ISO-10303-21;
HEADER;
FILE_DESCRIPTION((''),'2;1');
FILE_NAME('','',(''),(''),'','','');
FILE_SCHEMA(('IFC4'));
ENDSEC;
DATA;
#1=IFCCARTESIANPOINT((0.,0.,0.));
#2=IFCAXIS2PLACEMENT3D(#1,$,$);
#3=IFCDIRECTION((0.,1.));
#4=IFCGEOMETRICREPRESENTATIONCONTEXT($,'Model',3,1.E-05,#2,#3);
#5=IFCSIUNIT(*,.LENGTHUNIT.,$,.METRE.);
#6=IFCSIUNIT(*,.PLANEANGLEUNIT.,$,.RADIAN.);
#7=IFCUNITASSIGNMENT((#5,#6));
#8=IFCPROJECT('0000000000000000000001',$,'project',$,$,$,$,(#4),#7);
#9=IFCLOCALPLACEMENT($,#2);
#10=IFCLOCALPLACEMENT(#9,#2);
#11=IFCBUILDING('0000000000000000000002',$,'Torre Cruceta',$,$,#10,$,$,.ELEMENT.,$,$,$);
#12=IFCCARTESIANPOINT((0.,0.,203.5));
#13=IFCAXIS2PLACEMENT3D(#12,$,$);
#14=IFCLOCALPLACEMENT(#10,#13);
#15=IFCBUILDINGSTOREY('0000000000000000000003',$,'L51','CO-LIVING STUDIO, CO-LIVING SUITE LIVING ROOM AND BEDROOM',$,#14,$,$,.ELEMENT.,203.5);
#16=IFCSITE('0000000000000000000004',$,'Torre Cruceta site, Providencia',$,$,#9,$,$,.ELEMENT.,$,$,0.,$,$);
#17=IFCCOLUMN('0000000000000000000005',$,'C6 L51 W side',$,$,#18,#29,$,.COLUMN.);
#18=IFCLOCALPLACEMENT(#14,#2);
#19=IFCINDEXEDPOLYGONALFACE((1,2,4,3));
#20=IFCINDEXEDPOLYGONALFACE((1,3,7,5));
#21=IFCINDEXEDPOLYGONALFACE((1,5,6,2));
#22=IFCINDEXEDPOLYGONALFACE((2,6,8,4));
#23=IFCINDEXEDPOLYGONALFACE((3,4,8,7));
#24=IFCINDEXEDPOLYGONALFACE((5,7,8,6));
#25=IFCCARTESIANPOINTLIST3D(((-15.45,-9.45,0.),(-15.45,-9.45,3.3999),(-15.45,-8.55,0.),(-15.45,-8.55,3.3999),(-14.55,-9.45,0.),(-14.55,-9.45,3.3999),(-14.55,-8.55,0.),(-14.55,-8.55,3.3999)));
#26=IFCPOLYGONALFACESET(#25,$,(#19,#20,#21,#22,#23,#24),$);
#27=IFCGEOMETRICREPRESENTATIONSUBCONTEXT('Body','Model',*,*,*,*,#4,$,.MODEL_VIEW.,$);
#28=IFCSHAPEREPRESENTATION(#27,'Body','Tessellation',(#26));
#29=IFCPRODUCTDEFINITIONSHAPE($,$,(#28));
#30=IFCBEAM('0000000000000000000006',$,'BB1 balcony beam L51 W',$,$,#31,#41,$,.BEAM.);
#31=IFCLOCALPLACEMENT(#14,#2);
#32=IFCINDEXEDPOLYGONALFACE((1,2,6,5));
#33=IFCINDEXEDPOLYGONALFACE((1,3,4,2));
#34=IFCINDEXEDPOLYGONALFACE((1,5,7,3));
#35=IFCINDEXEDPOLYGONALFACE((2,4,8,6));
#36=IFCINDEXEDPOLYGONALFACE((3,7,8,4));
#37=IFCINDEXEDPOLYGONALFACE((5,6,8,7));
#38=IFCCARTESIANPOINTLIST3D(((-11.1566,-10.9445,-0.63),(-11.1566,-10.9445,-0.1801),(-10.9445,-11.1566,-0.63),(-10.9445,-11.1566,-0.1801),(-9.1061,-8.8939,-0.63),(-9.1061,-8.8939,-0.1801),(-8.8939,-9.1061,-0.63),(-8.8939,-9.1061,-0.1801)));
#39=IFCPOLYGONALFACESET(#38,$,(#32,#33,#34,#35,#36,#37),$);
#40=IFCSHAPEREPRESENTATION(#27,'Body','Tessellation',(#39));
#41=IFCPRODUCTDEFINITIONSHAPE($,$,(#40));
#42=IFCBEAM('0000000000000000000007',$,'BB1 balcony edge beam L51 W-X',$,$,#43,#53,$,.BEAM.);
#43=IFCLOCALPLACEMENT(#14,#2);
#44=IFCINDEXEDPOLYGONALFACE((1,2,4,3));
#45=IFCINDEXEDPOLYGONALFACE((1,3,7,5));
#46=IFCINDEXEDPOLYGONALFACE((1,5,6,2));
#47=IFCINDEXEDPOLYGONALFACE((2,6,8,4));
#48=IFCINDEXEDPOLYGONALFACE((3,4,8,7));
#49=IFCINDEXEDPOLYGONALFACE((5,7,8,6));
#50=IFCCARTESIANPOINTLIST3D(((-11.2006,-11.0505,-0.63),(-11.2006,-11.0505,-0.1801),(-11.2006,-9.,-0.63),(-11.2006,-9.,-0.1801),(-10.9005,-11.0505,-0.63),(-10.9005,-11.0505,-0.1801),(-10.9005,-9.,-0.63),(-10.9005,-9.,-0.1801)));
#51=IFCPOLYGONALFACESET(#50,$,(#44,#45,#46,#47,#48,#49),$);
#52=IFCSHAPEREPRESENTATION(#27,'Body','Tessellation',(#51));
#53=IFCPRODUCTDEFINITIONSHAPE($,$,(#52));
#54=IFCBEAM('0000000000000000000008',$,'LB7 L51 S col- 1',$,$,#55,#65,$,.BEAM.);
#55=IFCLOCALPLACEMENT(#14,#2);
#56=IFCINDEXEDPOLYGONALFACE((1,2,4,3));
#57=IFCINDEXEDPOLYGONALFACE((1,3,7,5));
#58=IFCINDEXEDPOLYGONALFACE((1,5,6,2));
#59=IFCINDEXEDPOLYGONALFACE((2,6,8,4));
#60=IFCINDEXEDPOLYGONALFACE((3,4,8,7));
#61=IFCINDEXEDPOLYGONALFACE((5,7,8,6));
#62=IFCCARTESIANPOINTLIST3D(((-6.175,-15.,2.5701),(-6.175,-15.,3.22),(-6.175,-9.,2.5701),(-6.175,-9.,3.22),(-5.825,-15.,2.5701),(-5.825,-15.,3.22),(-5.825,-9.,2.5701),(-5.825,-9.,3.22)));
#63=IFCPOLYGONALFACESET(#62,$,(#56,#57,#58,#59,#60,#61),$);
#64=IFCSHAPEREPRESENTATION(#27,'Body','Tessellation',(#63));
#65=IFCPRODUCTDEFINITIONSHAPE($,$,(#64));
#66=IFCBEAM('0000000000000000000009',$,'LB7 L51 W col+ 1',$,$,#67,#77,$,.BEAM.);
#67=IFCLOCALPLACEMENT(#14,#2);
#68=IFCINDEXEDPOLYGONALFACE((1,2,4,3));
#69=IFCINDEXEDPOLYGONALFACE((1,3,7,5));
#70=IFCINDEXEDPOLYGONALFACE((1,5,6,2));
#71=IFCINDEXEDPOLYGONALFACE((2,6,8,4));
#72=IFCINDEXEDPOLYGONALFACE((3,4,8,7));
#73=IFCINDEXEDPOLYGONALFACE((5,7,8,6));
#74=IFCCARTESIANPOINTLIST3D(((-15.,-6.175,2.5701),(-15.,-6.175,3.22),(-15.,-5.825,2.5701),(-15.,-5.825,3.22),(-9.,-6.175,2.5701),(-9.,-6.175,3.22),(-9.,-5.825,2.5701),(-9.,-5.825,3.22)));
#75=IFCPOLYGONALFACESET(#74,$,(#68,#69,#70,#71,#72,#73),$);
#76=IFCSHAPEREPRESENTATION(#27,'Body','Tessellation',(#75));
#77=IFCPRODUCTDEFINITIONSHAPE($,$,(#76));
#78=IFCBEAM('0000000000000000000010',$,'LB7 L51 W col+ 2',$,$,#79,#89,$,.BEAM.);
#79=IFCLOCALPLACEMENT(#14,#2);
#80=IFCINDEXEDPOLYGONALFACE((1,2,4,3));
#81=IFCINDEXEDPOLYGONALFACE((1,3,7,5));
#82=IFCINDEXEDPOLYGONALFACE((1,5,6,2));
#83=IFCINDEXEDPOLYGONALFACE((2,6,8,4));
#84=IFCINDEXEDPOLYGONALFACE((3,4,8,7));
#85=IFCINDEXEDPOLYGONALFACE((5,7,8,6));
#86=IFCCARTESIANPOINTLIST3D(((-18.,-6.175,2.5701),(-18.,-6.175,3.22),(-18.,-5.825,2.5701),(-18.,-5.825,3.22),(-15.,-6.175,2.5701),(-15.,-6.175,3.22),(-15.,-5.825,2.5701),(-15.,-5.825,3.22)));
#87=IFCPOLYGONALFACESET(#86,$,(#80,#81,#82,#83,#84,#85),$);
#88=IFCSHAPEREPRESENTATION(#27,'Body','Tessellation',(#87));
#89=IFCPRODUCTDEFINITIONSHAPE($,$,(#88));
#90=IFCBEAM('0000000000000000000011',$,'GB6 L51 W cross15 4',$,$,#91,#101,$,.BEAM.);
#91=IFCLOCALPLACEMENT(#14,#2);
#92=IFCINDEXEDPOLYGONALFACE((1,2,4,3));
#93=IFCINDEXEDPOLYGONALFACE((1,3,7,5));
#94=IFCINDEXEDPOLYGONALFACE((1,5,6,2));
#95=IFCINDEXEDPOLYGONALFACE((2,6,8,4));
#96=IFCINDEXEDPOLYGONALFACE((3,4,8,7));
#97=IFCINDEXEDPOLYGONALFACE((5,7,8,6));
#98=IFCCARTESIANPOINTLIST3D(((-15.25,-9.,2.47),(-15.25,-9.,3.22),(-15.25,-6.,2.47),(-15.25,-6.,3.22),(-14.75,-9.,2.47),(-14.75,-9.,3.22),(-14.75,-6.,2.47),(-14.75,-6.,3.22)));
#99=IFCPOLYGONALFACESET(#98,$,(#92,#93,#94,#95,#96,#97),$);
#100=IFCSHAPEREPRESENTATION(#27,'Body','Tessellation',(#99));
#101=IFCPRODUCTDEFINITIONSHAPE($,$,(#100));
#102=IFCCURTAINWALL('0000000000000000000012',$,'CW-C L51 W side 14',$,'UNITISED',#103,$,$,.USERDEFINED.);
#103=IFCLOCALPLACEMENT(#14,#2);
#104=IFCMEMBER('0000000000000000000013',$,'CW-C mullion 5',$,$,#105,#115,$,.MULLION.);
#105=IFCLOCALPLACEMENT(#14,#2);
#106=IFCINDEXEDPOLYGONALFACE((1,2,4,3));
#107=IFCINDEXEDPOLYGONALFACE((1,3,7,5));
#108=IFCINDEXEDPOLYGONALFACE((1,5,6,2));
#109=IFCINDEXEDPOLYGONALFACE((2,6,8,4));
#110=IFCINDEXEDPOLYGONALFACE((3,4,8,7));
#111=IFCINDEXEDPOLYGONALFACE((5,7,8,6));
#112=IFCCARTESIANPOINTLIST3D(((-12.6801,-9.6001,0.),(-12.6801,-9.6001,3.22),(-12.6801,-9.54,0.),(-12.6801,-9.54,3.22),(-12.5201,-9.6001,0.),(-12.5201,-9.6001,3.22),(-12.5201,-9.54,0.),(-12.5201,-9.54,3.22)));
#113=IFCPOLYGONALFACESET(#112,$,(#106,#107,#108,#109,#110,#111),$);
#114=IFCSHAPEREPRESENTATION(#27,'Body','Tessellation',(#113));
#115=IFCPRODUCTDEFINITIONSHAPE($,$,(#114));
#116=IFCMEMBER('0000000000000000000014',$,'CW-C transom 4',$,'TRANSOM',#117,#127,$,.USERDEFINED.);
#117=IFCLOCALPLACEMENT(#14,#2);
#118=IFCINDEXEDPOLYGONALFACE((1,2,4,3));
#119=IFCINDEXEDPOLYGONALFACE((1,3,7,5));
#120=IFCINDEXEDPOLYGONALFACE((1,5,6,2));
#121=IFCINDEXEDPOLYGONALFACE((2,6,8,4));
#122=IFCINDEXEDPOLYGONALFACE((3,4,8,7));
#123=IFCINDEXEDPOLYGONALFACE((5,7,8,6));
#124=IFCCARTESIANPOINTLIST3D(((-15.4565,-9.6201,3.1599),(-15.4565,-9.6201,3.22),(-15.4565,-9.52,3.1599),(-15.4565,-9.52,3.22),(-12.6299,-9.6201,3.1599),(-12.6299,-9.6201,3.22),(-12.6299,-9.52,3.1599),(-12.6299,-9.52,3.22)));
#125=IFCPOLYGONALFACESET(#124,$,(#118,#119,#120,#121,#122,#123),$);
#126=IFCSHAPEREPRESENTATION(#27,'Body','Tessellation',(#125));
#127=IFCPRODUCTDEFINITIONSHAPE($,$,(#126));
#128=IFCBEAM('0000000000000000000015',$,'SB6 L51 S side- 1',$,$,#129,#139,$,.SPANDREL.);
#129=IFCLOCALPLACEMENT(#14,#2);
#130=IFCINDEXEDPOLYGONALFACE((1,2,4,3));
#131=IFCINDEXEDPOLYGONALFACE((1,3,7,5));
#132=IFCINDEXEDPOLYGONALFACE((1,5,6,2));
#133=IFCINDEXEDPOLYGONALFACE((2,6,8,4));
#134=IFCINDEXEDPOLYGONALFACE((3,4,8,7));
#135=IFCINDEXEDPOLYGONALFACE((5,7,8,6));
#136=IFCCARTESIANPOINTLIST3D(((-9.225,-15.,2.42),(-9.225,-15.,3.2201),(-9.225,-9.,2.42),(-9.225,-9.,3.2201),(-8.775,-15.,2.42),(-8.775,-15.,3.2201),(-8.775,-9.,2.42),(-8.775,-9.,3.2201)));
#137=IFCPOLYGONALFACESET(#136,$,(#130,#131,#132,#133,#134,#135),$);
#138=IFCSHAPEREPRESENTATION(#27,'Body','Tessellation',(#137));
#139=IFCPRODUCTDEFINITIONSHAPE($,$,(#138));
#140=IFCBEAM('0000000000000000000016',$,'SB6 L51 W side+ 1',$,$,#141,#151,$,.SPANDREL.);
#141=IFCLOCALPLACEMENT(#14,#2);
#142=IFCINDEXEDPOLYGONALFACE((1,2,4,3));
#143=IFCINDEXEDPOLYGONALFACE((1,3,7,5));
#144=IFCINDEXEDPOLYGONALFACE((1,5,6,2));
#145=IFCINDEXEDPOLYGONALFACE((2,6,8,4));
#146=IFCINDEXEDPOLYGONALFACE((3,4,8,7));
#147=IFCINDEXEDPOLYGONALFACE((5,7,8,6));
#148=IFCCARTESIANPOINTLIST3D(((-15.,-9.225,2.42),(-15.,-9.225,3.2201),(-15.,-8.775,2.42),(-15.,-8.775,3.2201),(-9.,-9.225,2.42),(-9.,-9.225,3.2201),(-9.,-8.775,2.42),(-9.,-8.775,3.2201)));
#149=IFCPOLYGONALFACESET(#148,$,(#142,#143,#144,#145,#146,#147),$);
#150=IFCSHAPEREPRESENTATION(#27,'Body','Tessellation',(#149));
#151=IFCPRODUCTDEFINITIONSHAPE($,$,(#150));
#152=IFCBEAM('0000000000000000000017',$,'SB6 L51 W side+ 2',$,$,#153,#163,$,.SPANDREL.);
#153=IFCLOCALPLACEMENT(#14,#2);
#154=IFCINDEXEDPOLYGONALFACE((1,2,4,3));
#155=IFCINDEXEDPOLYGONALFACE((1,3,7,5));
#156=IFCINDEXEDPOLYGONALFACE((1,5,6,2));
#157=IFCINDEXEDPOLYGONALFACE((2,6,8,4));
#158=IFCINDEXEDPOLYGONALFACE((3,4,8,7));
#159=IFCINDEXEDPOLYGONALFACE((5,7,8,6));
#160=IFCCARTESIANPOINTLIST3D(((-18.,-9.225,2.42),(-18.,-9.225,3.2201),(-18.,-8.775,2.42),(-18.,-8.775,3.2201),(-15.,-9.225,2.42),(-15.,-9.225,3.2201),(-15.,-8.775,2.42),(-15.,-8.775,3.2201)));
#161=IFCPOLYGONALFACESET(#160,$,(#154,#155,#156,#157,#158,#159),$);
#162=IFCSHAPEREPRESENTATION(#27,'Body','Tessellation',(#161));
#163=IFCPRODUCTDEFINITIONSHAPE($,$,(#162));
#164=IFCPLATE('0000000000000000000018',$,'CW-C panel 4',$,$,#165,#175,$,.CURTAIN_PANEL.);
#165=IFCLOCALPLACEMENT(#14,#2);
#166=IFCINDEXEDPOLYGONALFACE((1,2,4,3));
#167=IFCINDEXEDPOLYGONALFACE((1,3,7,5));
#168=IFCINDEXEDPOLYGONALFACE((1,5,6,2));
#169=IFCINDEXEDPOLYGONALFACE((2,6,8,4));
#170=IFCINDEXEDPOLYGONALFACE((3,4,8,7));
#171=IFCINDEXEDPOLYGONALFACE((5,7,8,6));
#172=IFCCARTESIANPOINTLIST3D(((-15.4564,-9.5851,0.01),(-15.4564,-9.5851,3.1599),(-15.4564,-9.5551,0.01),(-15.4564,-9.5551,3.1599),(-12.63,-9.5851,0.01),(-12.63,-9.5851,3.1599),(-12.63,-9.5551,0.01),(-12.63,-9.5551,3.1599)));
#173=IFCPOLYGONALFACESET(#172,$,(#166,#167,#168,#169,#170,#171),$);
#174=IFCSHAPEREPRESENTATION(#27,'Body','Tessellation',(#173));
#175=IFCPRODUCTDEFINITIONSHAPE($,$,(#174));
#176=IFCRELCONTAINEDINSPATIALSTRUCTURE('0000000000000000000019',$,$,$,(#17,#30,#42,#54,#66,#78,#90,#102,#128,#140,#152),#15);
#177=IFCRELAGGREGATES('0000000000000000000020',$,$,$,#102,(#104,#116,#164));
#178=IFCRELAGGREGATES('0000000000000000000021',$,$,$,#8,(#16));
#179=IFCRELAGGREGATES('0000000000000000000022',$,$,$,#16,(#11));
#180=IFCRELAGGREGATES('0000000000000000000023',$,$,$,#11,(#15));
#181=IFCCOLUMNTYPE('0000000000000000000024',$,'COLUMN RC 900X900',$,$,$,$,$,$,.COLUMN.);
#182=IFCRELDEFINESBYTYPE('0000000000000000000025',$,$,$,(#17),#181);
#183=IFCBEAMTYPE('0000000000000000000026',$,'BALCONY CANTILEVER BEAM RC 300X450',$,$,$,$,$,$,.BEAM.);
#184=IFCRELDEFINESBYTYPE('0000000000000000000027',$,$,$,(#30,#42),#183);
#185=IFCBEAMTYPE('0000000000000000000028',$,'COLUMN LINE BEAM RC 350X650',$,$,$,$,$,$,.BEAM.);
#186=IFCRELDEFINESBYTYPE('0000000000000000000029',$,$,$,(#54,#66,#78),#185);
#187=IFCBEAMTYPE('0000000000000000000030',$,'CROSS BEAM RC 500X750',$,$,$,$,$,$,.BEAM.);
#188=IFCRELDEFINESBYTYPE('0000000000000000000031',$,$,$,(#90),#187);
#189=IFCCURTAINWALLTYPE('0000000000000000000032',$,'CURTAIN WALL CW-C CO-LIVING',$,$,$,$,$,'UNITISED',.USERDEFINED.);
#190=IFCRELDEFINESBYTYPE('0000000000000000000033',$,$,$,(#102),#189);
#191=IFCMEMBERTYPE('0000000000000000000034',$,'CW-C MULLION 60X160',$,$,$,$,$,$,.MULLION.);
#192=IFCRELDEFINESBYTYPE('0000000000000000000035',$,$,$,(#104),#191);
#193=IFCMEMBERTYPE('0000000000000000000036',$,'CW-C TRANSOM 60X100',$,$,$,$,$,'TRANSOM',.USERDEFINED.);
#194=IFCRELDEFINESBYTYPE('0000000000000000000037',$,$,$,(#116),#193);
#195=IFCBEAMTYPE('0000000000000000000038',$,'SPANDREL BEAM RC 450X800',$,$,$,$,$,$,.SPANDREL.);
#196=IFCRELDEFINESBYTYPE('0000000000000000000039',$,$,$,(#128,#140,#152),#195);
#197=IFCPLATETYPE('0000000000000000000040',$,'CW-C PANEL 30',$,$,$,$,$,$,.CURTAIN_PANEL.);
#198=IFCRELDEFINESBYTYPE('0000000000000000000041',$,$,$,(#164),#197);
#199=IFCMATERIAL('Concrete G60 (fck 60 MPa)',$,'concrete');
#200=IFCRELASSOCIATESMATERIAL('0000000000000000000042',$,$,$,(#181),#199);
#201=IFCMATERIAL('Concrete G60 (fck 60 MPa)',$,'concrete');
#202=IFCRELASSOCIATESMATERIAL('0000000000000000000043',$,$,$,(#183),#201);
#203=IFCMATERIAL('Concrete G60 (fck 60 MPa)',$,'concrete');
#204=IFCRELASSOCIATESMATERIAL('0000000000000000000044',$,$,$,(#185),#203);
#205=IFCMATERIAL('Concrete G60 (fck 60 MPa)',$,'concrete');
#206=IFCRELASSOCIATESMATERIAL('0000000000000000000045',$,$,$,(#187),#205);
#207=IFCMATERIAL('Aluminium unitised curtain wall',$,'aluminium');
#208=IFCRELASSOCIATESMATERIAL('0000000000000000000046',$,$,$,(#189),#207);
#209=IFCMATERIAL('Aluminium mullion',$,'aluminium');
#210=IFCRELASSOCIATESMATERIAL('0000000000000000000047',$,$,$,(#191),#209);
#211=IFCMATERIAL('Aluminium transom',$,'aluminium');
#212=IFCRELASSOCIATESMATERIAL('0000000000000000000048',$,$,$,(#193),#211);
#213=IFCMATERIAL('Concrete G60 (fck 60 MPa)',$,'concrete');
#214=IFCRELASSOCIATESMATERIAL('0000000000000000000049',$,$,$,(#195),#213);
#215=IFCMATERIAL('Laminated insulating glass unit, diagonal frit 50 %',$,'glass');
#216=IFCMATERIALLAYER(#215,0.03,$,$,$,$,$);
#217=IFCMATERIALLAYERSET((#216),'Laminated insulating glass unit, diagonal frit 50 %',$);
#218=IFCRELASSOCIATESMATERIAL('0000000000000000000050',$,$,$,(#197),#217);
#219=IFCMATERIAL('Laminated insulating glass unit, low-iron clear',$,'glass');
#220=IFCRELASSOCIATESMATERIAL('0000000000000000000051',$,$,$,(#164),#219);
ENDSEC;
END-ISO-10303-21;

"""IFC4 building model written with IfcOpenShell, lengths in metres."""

from ifc_helpers import new_model, si_unit, direction, frame, origin, origin_2d, place, context, subcontext, project, spatial, rectangle, extrude, material, layer, layer_set, material_profile, profile_set, type_object, element, aggregate, save


model = new_model("IFC4")

# Units and contexts
model_context = context("Model", 3, precision=1e-05, world=origin(), true_north=direction((0.0, 1.0)))
body_context = subcontext(model_context, "Body", "Model", "MODEL_VIEW")
ifc_project = project(units=[si_unit("LENGTHUNIT", "METRE"), si_unit("PLANEANGLEUNIT", "RADIAN")], contexts=[model_context])

# Site, building, storey
site_placement = place(None, origin())
site = spatial("IfcSite", under=ifc_project, at=site_placement, Name="Torre Cruceta site, Providencia", CompositionType="ELEMENT", RefElevation=0.0)
building_placement = place(site_placement, origin())
building = spatial("IfcBuilding", under=site, at=building_placement, Name="Torre Cruceta", CompositionType="ELEMENT")
storey_placement = place(building_placement, frame((0.0, 0.0, 203.5)))
storey = spatial("IfcBuildingStorey", under=building, at=storey_placement, Name="L51", Description="CO-LIVING STUDIO, CO-LIVING SUITE LIVING ROOM AND BEDROOM", CompositionType="ELEMENT", Elevation=203.5)

# Column
ifc_material_1 = material(Name="Concrete G60 (fck 60 MPa)", Category="concrete")
ifc_material_profile_1 = material_profile(ifc_material_1, rectangle(XDim=0.8999, YDim=0.8999, at=origin_2d()), Name="RC 900X900")
ifc_profile_set_1 = profile_set([ifc_material_profile_1], Name="Concrete G60 (fck 60 MPa)")
column_type = type_object("IfcColumnType", Name="COLUMN RC 900X900", PredefinedType="COLUMN", material=ifc_profile_set_1)
column_placement = place(storey_placement, frame((-15.0, -9.0, 0.0), z_axis=(0.0, 0.0, 1.0), x_axis=(1.0, 0.0, 0.0)))
element("IfcColumn", 1, at=column_placement, inside=storey, type_object=column_type, Name="C6 L51 W side", PredefinedType="COLUMN", context=body_context, shape_type="SweptSolid", body=[
    extrude(rectangle(XDim=0.8999, YDim=0.8999, at=origin_2d()), origin(), (0.0, 0.0, 1.0), 3.3999),
])

# Beams
ifc_material_2 = material(Name="Concrete G60 (fck 60 MPa)", Category="concrete")
ifc_material_profile_2 = material_profile(ifc_material_2, rectangle(XDim=0.3, YDim=0.45, at=origin_2d()), Name="RC 300X450")
ifc_profile_set_2 = profile_set([ifc_material_profile_2], Name="Concrete G60 (fck 60 MPa)")
beam_type_1 = type_object("IfcBeamType", Name="BALCONY CANTILEVER BEAM RC 300X450", PredefinedType="BEAM", material=ifc_profile_set_2)
beam_1_placement = place(storey_placement, frame((-9.0, -9.0, -0.405), z_axis=(-0.707107, -0.707107, 0.0), x_axis=(0.707107, -0.707107, 0.0)))
element("IfcBeam", 2, at=beam_1_placement, inside=storey, type_object=beam_type_1, Name="BB1 balcony beam L51 W", PredefinedType="BEAM", context=body_context, shape_type="SweptSolid", body=[
    extrude(rectangle(XDim=0.3, YDim=0.45, at=origin_2d()), origin(), (0.0, 0.0, 1.0), 2.8999),
])
beam_2_placement = place(storey_placement, frame((-11.0505, -9.0, -0.405), z_axis=(0.0, -1.0, 0.0), x_axis=(1.0, 0.0, 0.0)))
element("IfcBeam", 3, at=beam_2_placement, inside=storey, type_object=beam_type_1, Name="BB1 balcony edge beam L51 W-X", PredefinedType="BEAM", context=body_context, shape_type="SweptSolid", body=[
    extrude(rectangle(XDim=0.3, YDim=0.45, at=origin_2d()), origin(), (0.0, 0.0, 1.0), 2.0505),
])
ifc_material_3 = material(Name="Concrete G60 (fck 60 MPa)", Category="concrete")
ifc_material_profile_3 = material_profile(ifc_material_3, rectangle(XDim=0.3501, YDim=0.6499, at=origin_2d()), Name="RC 350X650")
ifc_profile_set_3 = profile_set([ifc_material_profile_3], Name="Concrete G60 (fck 60 MPa)")
beam_type_2 = type_object("IfcBeamType", Name="COLUMN LINE BEAM RC 350X650", PredefinedType="BEAM", material=ifc_profile_set_3)
for number, where, z_axis, x_axis, name in (
    (4, (-6.0, -9.0, 2.895), (0.0, -1.0, 0.0), (1.0, 0.0, 0.0), "LB7 L51 S col- 1"),
    (5, (-9.0, -6.0, 2.895), (-1.0, 0.0, 0.0), (0.0, -1.0, 0.0), "LB7 L51 W col+ 1"),
):
    element("IfcBeam", number, at=place(storey_placement, frame(where, z_axis=z_axis, x_axis=x_axis)), inside=storey, type_object=beam_type_2, Name=name, PredefinedType="BEAM", context=body_context, shape_type="SweptSolid", body=[
        extrude(rectangle(XDim=0.3501, YDim=0.6499, at=origin_2d()), origin(), (0.0, 0.0, 1.0), 6.0),
    ])
beam_3_placement = place(storey_placement, frame((-15.0, -6.0, 2.895), z_axis=(-1.0, 0.0, 0.0), x_axis=(0.0, -1.0, 0.0)))
element("IfcBeam", 6, at=beam_3_placement, inside=storey, type_object=beam_type_2, Name="LB7 L51 W col+ 2", PredefinedType="BEAM", context=body_context, shape_type="SweptSolid", body=[
    extrude(rectangle(XDim=0.3501, YDim=0.6499, at=origin_2d()), origin(), (0.0, 0.0, 1.0), 3.0),
])
ifc_material_4 = material(Name="Concrete G60 (fck 60 MPa)", Category="concrete")
ifc_material_profile_4 = material_profile(ifc_material_4, rectangle(XDim=0.5, YDim=0.75, at=origin_2d()), Name="RC 500X750")
ifc_profile_set_4 = profile_set([ifc_material_profile_4], Name="Concrete G60 (fck 60 MPa)")
beam_type_3 = type_object("IfcBeamType", Name="CROSS BEAM RC 500X750", PredefinedType="BEAM", material=ifc_profile_set_4)
beam_4_placement = place(storey_placement, frame((-15.0, -6.0, 2.845), z_axis=(0.0, -1.0, 0.0), x_axis=(1.0, 0.0, 0.0)))
element("IfcBeam", 7, at=beam_4_placement, inside=storey, type_object=beam_type_3, Name="GB6 L51 W cross15 4", PredefinedType="BEAM", context=body_context, shape_type="SweptSolid", body=[
    extrude(rectangle(XDim=0.5, YDim=0.75, at=origin_2d()), origin(), (0.0, 0.0, 1.0), 3.0),
])

# Curtain wall, members
ifc_material_5 = material(Name="Aluminium unitised curtain wall", Category="aluminium")
curtain_wall_type = type_object("IfcCurtainWallType", Name="CURTAIN WALL CW-C CO-LIVING", ElementType="UNITISED", PredefinedType="USERDEFINED", material=ifc_material_5)
curtain_wall_placement = place(storey_placement, origin())
curtain_wall = element("IfcCurtainWall", 8, at=curtain_wall_placement, inside=storey, type_object=curtain_wall_type, Name="CW-C L51 W side 14", ObjectType="UNITISED", PredefinedType="USERDEFINED")
ifc_material_6 = material(Name="Aluminium mullion", Category="aluminium")
ifc_material_profile_5 = material_profile(ifc_material_6, rectangle(XDim=0.0601, YDim=0.1599, at=origin_2d()), Name="AL 60X160")
ifc_profile_set_5 = profile_set([ifc_material_profile_5], Name="Aluminium mullion")
member_type_1 = type_object("IfcMemberType", Name="CW-C MULLION 60X160", PredefinedType="MULLION", material=ifc_profile_set_5)
member_1_placement = place(storey_placement, frame((-12.6001, -9.5701, 0.0), z_axis=(0.0, 0.0, 1.0), x_axis=(0.0, 1.0, 0.0)))
member_1 = element("IfcMember", 9, at=member_1_placement, type_object=member_type_1, Name="CW-C mullion 5", PredefinedType="MULLION", context=body_context, shape_type="SweptSolid", body=[
    extrude(rectangle(XDim=0.0601, YDim=0.1599, at=origin_2d()), origin(), (0.0, 0.0, 1.0), 3.22),
])
ifc_material_7 = material(Name="Aluminium transom", Category="aluminium")
ifc_material_profile_6 = material_profile(ifc_material_7, rectangle(XDim=0.1001, YDim=0.0601, at=origin_2d()), Name="AL 100X60")
ifc_profile_set_6 = profile_set([ifc_material_profile_6], Name="Aluminium transom")
member_type_2 = type_object("IfcMemberType", Name="CW-C TRANSOM 60X100", ElementType="TRANSOM", PredefinedType="USERDEFINED", material=ifc_profile_set_6)
member_2_placement = place(storey_placement, frame((-15.4565, -9.5701, 3.1899), z_axis=(1.0, 0.0, 0.0), x_axis=(0.0, 1.0, 0.0)))
member_2 = element("IfcMember", 10, at=member_2_placement, type_object=member_type_2, Name="CW-C transom 4", ObjectType="TRANSOM", PredefinedType="USERDEFINED", context=body_context, shape_type="SweptSolid", body=[
    extrude(rectangle(XDim=0.1001, YDim=0.0601, at=origin_2d()), origin(), (0.0, 0.0, 1.0), 2.8267),
])

# Beams
ifc_material_8 = material(Name="Concrete G60 (fck 60 MPa)", Category="concrete")
ifc_material_profile_7 = material_profile(ifc_material_8, rectangle(XDim=0.45, YDim=0.8, at=origin_2d()), Name="RC 450X800")
ifc_profile_set_7 = profile_set([ifc_material_profile_7], Name="Concrete G60 (fck 60 MPa)")
beam_type_4 = type_object("IfcBeamType", Name="SPANDREL BEAM RC 450X800", PredefinedType="SPANDREL", material=ifc_profile_set_7)
for number, where, z_axis, x_axis, name in (
    (11, (-9.0, -9.0, 2.8201), (0.0, -1.0, 0.0), (1.0, 0.0, 0.0), "SB6 L51 S side- 1"),
    (12, (-9.0, -9.0, 2.8201), (-1.0, 0.0, 0.0), (0.0, -1.0, 0.0), "SB6 L51 W side+ 1"),
):
    element("IfcBeam", number, at=place(storey_placement, frame(where, z_axis=z_axis, x_axis=x_axis)), inside=storey, type_object=beam_type_4, Name=name, PredefinedType="SPANDREL", context=body_context, shape_type="SweptSolid", body=[
        extrude(rectangle(XDim=0.45, YDim=0.8, at=origin_2d()), origin(), (0.0, 0.0, 1.0), 6.0),
    ])
beam_5_placement = place(storey_placement, frame((-15.0, -9.0, 2.8201), z_axis=(-1.0, 0.0, 0.0), x_axis=(0.0, -1.0, 0.0)))
element("IfcBeam", 13, at=beam_5_placement, inside=storey, type_object=beam_type_4, Name="SB6 L51 W side+ 2", PredefinedType="SPANDREL", context=body_context, shape_type="SweptSolid", body=[
    extrude(rectangle(XDim=0.45, YDim=0.8, at=origin_2d()), origin(), (0.0, 0.0, 1.0), 3.0),
])

# Plate
ifc_material_9 = material(Name="Laminated insulating glass unit, low-iron clear", Category="glass")
ifc_material_10 = material(Name="Laminated insulating glass unit, diagonal frit 50 %", Category="glass")
ifc_layer_1 = layer(ifc_material_10, 0.03)
ifc_layer_set_1 = layer_set([ifc_layer_1], Name="Laminated insulating glass unit, diagonal frit 50 %")
plate_type = type_object("IfcPlateType", Name="CW-C PANEL 30", PredefinedType="CURTAIN_PANEL", material=ifc_layer_set_1)
plate_placement = place(storey_placement, frame((-14.0432, -9.5701, 0.01), z_axis=(0.0, 0.0, 1.0), x_axis=(1.0, 0.0, 0.0)))
plate = element("IfcPlate", 14, at=plate_placement, type_object=plate_type, material=ifc_material_9, Name="CW-C panel 4", PredefinedType="CURTAIN_PANEL", context=body_context, shape_type="SweptSolid", body=[
    extrude(rectangle(XDim=2.8264, YDim=0.03, at=origin_2d()), origin(), (0.0, 0.0, 1.0), 3.1499),
])
aggregate(curtain_wall, [member_1, member_2, plate])

save(model, "model.ifc")
